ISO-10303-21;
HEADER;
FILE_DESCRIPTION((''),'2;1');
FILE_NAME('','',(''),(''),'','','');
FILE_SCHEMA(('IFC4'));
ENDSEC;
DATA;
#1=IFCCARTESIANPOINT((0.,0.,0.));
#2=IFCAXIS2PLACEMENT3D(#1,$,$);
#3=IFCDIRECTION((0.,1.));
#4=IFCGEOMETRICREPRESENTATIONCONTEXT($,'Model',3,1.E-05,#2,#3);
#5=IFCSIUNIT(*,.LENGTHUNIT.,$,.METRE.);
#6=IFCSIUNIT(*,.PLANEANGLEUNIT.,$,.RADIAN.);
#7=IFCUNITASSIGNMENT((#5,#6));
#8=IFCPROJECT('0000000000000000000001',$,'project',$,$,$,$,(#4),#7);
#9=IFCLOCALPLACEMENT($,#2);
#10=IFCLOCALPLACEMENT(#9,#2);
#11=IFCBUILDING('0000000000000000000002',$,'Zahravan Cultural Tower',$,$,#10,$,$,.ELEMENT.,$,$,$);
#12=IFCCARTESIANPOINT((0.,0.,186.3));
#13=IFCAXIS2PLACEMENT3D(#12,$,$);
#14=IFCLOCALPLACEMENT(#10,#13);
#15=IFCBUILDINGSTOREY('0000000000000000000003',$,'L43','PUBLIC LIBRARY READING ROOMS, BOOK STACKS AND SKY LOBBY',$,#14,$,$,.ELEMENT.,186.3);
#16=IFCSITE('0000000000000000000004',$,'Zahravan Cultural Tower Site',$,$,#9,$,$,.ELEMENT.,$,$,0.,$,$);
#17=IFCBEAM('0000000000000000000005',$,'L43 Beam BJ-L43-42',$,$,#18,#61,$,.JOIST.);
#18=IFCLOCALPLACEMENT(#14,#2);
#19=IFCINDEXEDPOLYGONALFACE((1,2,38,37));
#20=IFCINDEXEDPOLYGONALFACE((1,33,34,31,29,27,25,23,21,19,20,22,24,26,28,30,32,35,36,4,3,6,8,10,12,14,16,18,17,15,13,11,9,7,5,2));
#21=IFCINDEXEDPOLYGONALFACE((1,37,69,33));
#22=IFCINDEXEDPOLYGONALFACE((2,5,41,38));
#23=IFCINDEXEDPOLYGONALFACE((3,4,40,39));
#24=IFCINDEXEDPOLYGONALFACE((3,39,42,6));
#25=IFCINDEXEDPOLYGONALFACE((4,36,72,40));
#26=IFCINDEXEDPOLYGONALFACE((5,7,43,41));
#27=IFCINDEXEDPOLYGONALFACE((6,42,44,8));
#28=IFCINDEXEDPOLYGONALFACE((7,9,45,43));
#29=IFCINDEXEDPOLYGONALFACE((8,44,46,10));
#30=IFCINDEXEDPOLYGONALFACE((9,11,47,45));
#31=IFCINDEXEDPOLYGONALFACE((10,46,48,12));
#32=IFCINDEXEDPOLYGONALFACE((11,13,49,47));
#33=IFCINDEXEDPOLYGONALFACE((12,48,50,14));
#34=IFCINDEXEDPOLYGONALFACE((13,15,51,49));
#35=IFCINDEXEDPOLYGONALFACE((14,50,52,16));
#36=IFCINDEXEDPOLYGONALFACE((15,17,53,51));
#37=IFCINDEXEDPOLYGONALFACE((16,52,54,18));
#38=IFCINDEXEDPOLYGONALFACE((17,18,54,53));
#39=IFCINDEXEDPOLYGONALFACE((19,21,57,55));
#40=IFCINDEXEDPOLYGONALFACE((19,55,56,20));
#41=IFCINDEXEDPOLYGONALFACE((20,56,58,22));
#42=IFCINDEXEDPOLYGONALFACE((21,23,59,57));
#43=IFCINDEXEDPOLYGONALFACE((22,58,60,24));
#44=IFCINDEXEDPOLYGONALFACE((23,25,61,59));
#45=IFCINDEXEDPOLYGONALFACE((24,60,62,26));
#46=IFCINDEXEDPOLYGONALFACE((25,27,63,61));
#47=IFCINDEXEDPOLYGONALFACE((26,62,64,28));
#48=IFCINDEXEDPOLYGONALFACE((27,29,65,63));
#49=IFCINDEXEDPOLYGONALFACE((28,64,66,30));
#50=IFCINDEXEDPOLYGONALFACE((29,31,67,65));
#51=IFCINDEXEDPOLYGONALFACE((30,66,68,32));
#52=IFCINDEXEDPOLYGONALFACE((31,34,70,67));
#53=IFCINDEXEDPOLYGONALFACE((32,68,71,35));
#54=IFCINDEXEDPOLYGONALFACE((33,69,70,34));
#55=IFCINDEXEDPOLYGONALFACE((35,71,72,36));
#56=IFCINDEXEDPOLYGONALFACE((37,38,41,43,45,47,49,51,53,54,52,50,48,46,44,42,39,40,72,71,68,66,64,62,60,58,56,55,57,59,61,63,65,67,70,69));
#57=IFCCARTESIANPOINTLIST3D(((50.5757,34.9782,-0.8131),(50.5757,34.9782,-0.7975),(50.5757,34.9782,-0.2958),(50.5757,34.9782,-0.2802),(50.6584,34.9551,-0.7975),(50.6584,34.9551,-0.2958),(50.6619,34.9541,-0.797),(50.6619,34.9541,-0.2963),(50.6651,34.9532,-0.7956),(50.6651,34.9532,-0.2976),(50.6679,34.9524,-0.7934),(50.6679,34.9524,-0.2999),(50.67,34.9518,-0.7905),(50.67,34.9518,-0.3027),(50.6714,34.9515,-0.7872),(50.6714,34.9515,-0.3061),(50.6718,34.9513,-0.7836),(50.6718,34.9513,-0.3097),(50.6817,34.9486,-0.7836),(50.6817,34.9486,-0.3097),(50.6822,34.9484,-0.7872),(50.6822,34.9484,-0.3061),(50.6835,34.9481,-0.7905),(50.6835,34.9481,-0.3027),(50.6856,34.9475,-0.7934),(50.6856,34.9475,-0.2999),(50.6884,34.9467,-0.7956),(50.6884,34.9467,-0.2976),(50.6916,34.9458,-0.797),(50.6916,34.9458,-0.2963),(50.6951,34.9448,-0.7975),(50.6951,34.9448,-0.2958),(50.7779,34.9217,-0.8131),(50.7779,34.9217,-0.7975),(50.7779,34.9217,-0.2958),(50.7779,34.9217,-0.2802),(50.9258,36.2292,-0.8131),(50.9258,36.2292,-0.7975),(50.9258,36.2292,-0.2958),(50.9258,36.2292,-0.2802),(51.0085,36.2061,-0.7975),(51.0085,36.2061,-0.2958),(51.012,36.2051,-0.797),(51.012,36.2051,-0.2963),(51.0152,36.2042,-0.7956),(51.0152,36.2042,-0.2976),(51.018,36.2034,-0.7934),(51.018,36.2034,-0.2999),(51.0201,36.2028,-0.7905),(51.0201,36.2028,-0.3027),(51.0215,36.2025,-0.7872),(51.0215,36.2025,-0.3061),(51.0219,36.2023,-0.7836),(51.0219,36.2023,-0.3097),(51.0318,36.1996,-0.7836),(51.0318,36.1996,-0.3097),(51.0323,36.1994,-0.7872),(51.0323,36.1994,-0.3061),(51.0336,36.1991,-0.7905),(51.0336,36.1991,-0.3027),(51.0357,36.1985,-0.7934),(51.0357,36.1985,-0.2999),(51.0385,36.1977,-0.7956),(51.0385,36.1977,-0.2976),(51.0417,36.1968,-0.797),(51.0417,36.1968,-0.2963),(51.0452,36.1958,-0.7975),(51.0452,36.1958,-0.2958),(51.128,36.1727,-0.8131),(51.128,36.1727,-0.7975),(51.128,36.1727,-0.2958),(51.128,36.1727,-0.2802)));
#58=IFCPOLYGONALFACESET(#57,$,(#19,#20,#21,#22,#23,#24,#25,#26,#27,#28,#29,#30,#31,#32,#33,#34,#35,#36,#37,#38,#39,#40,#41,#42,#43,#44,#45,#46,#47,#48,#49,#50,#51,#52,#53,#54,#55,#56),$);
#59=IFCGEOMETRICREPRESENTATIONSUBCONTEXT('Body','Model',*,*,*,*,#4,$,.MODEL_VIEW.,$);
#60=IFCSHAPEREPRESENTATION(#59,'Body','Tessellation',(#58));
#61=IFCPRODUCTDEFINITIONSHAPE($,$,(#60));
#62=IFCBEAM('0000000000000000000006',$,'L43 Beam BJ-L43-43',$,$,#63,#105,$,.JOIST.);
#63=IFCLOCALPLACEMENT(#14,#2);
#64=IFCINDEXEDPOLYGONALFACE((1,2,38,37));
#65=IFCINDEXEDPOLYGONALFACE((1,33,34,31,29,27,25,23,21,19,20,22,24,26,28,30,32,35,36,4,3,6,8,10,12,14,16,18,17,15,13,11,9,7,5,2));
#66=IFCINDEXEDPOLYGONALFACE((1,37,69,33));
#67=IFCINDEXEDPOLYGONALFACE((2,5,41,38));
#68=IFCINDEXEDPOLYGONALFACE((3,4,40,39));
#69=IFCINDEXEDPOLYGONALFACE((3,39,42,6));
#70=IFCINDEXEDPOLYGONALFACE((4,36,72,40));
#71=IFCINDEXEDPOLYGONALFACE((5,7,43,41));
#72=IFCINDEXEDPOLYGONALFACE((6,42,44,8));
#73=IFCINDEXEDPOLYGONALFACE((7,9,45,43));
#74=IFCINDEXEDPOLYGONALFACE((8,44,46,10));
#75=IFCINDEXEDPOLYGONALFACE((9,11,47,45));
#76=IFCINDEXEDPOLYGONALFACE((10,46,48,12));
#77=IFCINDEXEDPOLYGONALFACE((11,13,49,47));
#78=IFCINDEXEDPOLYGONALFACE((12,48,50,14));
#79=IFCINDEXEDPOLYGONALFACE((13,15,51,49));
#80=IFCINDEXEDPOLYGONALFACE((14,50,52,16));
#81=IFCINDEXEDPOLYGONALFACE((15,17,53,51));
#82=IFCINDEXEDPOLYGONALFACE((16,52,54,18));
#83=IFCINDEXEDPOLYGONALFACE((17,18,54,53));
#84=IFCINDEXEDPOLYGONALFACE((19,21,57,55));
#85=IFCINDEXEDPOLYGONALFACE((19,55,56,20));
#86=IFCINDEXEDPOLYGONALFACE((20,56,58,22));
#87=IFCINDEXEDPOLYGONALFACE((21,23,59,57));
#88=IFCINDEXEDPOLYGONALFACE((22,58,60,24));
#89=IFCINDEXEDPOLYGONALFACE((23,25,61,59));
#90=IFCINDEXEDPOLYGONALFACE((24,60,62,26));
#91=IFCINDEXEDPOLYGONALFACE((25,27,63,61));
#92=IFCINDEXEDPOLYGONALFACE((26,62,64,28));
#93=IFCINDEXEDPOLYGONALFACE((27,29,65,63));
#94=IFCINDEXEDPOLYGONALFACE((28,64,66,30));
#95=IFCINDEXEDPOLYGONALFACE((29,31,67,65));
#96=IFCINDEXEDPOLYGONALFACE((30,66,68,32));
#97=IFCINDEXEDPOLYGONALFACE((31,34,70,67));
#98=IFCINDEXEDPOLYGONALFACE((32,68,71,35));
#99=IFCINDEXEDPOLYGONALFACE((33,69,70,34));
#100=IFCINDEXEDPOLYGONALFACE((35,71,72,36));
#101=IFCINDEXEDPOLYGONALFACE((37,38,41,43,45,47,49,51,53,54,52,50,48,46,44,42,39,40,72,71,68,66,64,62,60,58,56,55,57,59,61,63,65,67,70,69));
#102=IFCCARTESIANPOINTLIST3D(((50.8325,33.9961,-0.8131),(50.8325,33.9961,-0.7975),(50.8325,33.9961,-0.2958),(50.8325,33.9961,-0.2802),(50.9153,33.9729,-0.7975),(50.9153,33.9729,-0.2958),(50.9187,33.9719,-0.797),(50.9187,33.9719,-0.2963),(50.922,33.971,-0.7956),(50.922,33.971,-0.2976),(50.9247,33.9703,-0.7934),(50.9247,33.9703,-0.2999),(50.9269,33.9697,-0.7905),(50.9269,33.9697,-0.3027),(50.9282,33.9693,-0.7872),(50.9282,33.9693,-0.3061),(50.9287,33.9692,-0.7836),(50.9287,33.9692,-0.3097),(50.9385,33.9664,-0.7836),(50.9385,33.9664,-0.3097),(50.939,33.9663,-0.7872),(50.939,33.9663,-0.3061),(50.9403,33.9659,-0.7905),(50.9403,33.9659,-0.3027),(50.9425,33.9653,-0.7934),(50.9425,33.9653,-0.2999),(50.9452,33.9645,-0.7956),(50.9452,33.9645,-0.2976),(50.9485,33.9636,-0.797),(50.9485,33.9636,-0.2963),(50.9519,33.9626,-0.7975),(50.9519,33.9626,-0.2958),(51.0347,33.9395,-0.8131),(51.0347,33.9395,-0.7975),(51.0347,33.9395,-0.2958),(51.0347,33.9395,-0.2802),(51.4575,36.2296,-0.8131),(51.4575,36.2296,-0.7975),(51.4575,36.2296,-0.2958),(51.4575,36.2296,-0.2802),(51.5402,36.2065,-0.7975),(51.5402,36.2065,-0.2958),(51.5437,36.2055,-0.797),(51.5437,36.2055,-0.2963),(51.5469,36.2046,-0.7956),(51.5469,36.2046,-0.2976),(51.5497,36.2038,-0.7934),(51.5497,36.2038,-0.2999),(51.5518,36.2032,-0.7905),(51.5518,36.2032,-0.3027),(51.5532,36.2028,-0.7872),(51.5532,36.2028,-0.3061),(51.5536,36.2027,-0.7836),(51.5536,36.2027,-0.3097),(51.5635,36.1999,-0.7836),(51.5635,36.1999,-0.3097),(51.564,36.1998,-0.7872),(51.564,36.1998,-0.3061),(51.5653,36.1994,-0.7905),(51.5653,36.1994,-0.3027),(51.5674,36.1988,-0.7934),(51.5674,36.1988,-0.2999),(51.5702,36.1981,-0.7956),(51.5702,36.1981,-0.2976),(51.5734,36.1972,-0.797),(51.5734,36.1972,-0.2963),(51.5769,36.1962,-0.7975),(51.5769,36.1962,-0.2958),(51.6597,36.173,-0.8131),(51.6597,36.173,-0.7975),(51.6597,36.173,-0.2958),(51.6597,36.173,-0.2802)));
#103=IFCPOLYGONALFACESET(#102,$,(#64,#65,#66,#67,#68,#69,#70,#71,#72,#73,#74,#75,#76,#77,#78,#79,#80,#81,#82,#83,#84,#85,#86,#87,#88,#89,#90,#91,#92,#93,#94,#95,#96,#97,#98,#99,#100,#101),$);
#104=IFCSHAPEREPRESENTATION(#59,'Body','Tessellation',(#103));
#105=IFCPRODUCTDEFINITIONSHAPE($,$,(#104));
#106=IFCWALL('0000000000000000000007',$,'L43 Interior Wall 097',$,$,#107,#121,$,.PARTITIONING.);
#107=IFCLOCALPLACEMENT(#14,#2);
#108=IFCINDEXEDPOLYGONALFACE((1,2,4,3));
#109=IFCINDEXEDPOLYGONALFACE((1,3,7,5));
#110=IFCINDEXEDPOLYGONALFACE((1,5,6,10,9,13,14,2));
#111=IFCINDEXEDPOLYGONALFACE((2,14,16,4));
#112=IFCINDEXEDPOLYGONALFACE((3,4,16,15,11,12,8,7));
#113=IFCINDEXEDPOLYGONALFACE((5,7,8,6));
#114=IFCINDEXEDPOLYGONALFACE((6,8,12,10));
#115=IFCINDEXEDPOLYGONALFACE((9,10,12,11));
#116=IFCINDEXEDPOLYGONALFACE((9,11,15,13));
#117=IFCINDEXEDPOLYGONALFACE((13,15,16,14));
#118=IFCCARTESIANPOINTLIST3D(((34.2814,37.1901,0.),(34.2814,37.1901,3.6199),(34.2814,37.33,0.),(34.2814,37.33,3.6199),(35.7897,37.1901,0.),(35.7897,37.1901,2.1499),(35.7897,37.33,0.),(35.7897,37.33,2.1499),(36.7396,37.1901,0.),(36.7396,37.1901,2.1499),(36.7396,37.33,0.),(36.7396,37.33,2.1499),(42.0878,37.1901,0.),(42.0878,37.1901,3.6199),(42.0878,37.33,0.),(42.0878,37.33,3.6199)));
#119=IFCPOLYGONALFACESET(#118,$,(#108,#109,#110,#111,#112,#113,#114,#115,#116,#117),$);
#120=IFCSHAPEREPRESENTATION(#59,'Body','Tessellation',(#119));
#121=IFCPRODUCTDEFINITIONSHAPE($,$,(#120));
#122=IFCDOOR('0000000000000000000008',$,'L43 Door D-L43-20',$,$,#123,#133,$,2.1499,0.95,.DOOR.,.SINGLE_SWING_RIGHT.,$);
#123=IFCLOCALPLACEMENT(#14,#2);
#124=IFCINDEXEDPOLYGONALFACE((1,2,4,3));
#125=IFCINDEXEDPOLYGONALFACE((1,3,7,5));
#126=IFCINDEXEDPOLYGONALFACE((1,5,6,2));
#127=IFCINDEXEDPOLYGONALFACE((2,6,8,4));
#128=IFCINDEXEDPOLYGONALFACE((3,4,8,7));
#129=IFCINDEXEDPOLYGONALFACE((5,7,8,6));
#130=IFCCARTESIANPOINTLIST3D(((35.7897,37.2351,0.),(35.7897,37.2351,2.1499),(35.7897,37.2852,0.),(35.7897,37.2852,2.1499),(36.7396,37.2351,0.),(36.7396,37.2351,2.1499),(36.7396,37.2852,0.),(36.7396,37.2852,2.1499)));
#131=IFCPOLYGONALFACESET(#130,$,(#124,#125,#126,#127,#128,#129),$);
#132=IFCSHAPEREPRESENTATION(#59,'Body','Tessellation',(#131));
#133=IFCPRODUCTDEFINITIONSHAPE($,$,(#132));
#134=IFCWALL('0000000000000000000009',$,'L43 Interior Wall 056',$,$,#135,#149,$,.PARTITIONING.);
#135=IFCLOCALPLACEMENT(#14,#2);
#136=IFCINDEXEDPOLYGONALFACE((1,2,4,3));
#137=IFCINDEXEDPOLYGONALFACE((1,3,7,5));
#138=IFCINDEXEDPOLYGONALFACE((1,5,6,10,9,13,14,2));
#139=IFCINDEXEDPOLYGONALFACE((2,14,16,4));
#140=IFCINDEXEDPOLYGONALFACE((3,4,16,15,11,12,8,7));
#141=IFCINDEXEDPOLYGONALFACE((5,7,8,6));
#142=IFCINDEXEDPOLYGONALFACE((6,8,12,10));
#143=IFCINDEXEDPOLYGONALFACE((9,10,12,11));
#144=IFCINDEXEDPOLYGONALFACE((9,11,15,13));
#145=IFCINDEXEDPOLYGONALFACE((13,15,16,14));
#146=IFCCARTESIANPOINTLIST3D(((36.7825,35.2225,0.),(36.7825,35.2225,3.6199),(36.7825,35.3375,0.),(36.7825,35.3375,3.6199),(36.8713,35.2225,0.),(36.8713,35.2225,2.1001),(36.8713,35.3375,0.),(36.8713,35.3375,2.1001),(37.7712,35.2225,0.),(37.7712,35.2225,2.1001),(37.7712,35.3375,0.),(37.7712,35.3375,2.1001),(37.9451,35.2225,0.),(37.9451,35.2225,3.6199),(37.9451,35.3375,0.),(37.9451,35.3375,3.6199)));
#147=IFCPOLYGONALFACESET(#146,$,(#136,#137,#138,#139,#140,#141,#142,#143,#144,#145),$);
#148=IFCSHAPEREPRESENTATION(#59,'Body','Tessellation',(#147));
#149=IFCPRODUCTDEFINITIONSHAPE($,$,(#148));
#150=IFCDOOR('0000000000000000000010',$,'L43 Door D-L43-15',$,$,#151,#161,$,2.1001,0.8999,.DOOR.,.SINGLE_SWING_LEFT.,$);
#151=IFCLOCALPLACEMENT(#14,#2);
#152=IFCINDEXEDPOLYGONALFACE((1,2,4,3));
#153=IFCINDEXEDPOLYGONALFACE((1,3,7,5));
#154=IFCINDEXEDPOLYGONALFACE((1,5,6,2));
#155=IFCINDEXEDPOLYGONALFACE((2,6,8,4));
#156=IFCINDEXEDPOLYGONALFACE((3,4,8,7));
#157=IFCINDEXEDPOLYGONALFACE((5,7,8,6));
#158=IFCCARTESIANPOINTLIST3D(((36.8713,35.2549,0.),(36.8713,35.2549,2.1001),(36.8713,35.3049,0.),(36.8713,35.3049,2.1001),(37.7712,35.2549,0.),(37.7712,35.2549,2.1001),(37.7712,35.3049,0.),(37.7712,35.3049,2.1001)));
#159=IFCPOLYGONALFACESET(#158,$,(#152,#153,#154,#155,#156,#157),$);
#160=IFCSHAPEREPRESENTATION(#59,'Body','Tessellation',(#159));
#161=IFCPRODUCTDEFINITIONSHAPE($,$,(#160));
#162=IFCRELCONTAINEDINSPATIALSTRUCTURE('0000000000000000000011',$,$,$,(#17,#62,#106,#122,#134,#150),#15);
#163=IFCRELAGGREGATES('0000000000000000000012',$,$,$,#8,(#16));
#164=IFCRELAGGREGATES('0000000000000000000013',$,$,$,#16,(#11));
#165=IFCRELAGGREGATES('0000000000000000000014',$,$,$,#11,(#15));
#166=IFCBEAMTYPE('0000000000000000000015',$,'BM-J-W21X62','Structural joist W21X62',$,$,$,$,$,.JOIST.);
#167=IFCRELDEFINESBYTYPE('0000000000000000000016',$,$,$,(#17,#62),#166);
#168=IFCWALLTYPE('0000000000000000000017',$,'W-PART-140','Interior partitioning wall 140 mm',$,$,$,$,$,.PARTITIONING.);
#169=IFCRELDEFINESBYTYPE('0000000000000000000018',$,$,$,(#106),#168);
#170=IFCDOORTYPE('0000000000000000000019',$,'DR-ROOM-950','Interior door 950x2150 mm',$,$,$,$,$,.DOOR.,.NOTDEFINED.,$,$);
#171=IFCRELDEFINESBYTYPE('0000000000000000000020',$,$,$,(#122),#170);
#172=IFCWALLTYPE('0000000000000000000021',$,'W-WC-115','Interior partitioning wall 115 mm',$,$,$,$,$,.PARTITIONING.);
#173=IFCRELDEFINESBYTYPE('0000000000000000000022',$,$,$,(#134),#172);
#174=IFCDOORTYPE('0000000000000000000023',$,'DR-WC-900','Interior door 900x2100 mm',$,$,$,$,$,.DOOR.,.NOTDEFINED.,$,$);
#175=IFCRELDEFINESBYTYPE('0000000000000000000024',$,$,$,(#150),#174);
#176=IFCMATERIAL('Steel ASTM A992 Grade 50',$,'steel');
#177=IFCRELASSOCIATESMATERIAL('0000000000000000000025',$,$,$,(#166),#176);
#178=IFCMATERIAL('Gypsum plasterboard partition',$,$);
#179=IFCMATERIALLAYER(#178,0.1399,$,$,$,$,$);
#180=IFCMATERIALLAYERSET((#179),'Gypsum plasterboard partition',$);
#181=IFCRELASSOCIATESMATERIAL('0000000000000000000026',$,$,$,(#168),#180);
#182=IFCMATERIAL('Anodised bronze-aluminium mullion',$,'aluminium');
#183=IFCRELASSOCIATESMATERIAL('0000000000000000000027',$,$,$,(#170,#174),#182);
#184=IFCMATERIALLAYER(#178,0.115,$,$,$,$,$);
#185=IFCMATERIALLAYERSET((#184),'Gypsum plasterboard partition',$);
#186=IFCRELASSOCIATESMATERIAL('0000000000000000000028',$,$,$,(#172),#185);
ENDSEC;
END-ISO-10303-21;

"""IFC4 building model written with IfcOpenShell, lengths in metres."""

from ifc_helpers import new_model, si_unit, direction, frame, frame_2d, origin, origin_2d, place, context, subcontext, project, spatial, rectangle, i_section, extrude, source, transform, mapped, material, layer, layer_set, material_profile, profile_set, type_object, element, fill, save


model = new_model("IFC4")

# Units and contexts
model_context = context("Model", 3, precision=1e-05, world=origin(), true_north=direction((0.0, 1.0)))
body_context = subcontext(model_context, "Body", "Model", "MODEL_VIEW")
ifc_project = project(units=[si_unit("LENGTHUNIT", "METRE"), si_unit("PLANEANGLEUNIT", "RADIAN")], contexts=[model_context])

# Site, building, storey
site_placement = place(None, origin())
site = spatial("IfcSite", under=ifc_project, at=site_placement, Name="Zahravan Cultural Tower Site", CompositionType="ELEMENT", RefElevation=0.0)
building_placement = place(site_placement, origin())
building = spatial("IfcBuilding", under=site, at=building_placement, Name="Zahravan Cultural Tower", CompositionType="ELEMENT")
storey_placement = place(building_placement, frame((0.0, 0.0, 186.3)))
storey = spatial("IfcBuildingStorey", under=building, at=storey_placement, Name="L43", Description="PUBLIC LIBRARY READING ROOMS, BOOK STACKS AND SKY LOBBY", CompositionType="ELEMENT", Elevation=186.3)

# Beams
ifc_material_1 = material(Name="Steel ASTM A992 Grade 50", Category="steel")
ifc_material_profile_1 = material_profile(ifc_material_1, i_section(OverallWidth=0.21, OverallDepth=0.533, WebThickness=0.0103, FlangeThickness=0.0156, FilletRadius=0.0139, at=origin_2d()), Name="W21X62")
ifc_profile_set_1 = profile_set([ifc_material_profile_1], Name="Steel ASTM A992 Grade 50")
beam_type_1 = type_object("IfcBeamType", Name="BM-J-W21X62", Description="Structural joist W21X62", PredefinedType="JOIST", material=ifc_profile_set_1)
shared_shape_1 = source(origin(), body_context, "Body", "SweptSolid", [
    extrude(i_section(OverallWidth=0.21, OverallDepth=0.533, WebThickness=0.0103, FlangeThickness=0.0156, FilletRadius=0.0139, at=origin_2d()), origin(), (0.0, 0.0, 1.0), 1.2991),
])
beam_1_placement = place(storey_placement, frame((50.6768, 34.95, -0.5466), z_axis=(0.269504, 0.962999, 0.0), x_axis=(-0.962999, 0.269504, 0.0)))
element("IfcBeam", 1, at=beam_1_placement, inside=storey, type_object=beam_type_1, Name="L43 Beam BJ-L43-42", PredefinedType="JOIST", context=body_context, shape_type="MappedRepresentation", body=[
    mapped(shared_shape_1, transform((0.0, 0.0, 0.0), x_axis=(1.0, 0.0, 0.0), y_axis=(0.0, 1.0, 0.0), z_axis=(0.0, 0.0, 1.0), scale=1.0)),
])
shared_shape_2 = source(origin(), body_context, "Body", "SweptSolid", [
    extrude(i_section(OverallWidth=0.21, OverallDepth=0.533, WebThickness=0.0103, FlangeThickness=0.0156, FilletRadius=0.0139, at=origin_2d()), origin(), (0.0, 0.0, 1.0), 2.3193),
])
beam_2_placement = place(storey_placement, frame((50.9336, 33.9678, -0.5466), z_axis=(0.269462, 0.963011, 0.0), x_axis=(-0.963011, 0.269462, 0.0)))
element("IfcBeam", 2, at=beam_2_placement, inside=storey, type_object=beam_type_1, Name="L43 Beam BJ-L43-43", PredefinedType="JOIST", context=body_context, shape_type="MappedRepresentation", body=[
    mapped(shared_shape_2, transform((0.0, 0.0, 0.0), x_axis=(1.0, 0.0, 0.0), y_axis=(0.0, 1.0, 0.0), z_axis=(0.0, 0.0, 1.0), scale=1.0)),
])

# Walls, openings, doors
ifc_material_2 = material(Name="Gypsum plasterboard partition")
ifc_layer_1 = layer(ifc_material_2, 0.1399)
ifc_layer_set_1 = layer_set([ifc_layer_1], Name="Gypsum plasterboard partition")
wall_type_1 = type_object("IfcWallType", Name="W-PART-140", Description="Interior partitioning wall 140 mm", PredefinedType="PARTITIONING", material=ifc_layer_set_1)
ifc_material_3 = material(Name="Anodised bronze-aluminium mullion", Category="aluminium")
door_type_1 = type_object("IfcDoorType", Name="DR-ROOM-950", Description="Interior door 950x2150 mm", OperationType="NOTDEFINED", PredefinedType="DOOR", material=ifc_material_3)
shared_shape_3 = source(origin(), body_context, "Body", "SweptSolid", [
    extrude(rectangle(XDim=0.95, YDim=2.1499, at=frame_2d((0.4751, 1.075))), frame((0.0, 0.0249, 0.0), z_axis=(0.0, -1.0, 0.0), x_axis=(1.0, 0.0, 0.0)), (0.0, 0.0, 1.0), 0.05),
])
wall_1_placement = place(storey_placement, frame((42.0879, 37.26, 0.0), z_axis=(0.0, 0.0, 1.0), x_axis=(-1.0, 0.0, 0.0)))
wall_1 = element("IfcWall", 3, at=wall_1_placement, inside=storey, type_object=wall_type_1, Name="L43 Interior Wall 097", PredefinedType="PARTITIONING", context=body_context, shape_type="SweptSolid", body=[
    extrude(rectangle(XDim=7.8064, YDim=0.1399, at=frame_2d((3.9033, 0.0))), origin(), (0.0, 0.0, 1.0), 3.6199),
])
opening_1_placement = place(wall_1_placement, frame((5.3481, 0.0, 0.0)))
opening_1 = element("IfcOpeningElement", 4, at=opening_1_placement, cuts=wall_1, PredefinedType="OPENING", context=body_context, shape_type="SweptSolid", body=[
    extrude(rectangle(XDim=0.95, YDim=2.1499, at=frame_2d((0.4751, 1.075))), frame((0.0, 0.0798, 0.0), z_axis=(0.0, -1.0, 0.0), x_axis=(1.0, 0.0, 0.0)), (0.0, 0.0, 1.0), 0.1599),
])
door_1_placement = place(opening_1_placement, origin())
door_1 = element("IfcDoor", 5, at=door_1_placement, inside=storey, type_object=door_type_1, Name="L43 Door D-L43-20", OperationType="SINGLE_SWING_RIGHT", OverallHeight=2.1499, OverallWidth=0.95, PredefinedType="DOOR", context=body_context, shape_type="MappedRepresentation", body=[
    mapped(shared_shape_3, transform((0.0, 0.0, 0.0), x_axis=(1.0, 0.0, 0.0), y_axis=(0.0, 1.0, 0.0), z_axis=(0.0, 0.0, 1.0), scale=1.0)),
])
fill(opening_1, door_1)
ifc_layer_2 = layer(ifc_material_2, 0.115)
ifc_layer_set_2 = layer_set([ifc_layer_2], Name="Gypsum plasterboard partition")
wall_type_2 = type_object("IfcWallType", Name="W-WC-115", Description="Interior partitioning wall 115 mm", PredefinedType="PARTITIONING", material=ifc_layer_set_2)
wall_2_placement = place(storey_placement, frame((36.7825, 35.28, 0.0), z_axis=(0.0, 0.0, 1.0), x_axis=(1.0, 0.0, 0.0)))
wall_2 = element("IfcWall", 6, at=wall_2_placement, inside=storey, type_object=wall_type_2, Name="L43 Interior Wall 056", PredefinedType="PARTITIONING", context=body_context, shape_type="SweptSolid", body=[
    extrude(rectangle(XDim=1.1626, YDim=0.115, at=frame_2d((0.5813, 0.0))), origin(), (0.0, 0.0, 1.0), 3.6199),
])
opening_2_placement = place(wall_2_placement, frame((0.0889, 0.0, 0.0)))
opening_2 = element("IfcOpeningElement", 7, at=opening_2_placement, cuts=wall_2, PredefinedType="OPENING", context=body_context, shape_type="SweptSolid", body=[
    extrude(rectangle(XDim=0.8999, YDim=2.1001, at=frame_2d((0.45, 1.05))), frame((0.0, 0.0674, 0.0), z_axis=(0.0, -1.0, 0.0), x_axis=(1.0, 0.0, 0.0)), (0.0, 0.0, 1.0), 0.135),
])
door_type_2 = type_object("IfcDoorType", Name="DR-WC-900", Description="Interior door 900x2100 mm", OperationType="NOTDEFINED", PredefinedType="DOOR", material=ifc_material_3)
shared_shape_4 = source(origin(), body_context, "Body", "SweptSolid", [
    extrude(rectangle(XDim=0.8999, YDim=2.1001, at=frame_2d((0.45, 1.05))), frame((0.0, 0.0249, 0.0), z_axis=(0.0, -1.0, 0.0), x_axis=(1.0, 0.0, 0.0)), (0.0, 0.0, 1.0), 0.05),
])
door_2_placement = place(opening_2_placement, origin())
door_2 = element("IfcDoor", 8, at=door_2_placement, inside=storey, type_object=door_type_2, Name="L43 Door D-L43-15", OperationType="SINGLE_SWING_LEFT", OverallHeight=2.1001, OverallWidth=0.8999, PredefinedType="DOOR", context=body_context, shape_type="MappedRepresentation", body=[
    mapped(shared_shape_4, transform((0.0, 0.0, 0.0), x_axis=(1.0, 0.0, 0.0), y_axis=(0.0, 1.0, 0.0), z_axis=(0.0, 0.0, 1.0), scale=1.0)),
])
fill(opening_2, door_2)

save(model, "model.ifc")
